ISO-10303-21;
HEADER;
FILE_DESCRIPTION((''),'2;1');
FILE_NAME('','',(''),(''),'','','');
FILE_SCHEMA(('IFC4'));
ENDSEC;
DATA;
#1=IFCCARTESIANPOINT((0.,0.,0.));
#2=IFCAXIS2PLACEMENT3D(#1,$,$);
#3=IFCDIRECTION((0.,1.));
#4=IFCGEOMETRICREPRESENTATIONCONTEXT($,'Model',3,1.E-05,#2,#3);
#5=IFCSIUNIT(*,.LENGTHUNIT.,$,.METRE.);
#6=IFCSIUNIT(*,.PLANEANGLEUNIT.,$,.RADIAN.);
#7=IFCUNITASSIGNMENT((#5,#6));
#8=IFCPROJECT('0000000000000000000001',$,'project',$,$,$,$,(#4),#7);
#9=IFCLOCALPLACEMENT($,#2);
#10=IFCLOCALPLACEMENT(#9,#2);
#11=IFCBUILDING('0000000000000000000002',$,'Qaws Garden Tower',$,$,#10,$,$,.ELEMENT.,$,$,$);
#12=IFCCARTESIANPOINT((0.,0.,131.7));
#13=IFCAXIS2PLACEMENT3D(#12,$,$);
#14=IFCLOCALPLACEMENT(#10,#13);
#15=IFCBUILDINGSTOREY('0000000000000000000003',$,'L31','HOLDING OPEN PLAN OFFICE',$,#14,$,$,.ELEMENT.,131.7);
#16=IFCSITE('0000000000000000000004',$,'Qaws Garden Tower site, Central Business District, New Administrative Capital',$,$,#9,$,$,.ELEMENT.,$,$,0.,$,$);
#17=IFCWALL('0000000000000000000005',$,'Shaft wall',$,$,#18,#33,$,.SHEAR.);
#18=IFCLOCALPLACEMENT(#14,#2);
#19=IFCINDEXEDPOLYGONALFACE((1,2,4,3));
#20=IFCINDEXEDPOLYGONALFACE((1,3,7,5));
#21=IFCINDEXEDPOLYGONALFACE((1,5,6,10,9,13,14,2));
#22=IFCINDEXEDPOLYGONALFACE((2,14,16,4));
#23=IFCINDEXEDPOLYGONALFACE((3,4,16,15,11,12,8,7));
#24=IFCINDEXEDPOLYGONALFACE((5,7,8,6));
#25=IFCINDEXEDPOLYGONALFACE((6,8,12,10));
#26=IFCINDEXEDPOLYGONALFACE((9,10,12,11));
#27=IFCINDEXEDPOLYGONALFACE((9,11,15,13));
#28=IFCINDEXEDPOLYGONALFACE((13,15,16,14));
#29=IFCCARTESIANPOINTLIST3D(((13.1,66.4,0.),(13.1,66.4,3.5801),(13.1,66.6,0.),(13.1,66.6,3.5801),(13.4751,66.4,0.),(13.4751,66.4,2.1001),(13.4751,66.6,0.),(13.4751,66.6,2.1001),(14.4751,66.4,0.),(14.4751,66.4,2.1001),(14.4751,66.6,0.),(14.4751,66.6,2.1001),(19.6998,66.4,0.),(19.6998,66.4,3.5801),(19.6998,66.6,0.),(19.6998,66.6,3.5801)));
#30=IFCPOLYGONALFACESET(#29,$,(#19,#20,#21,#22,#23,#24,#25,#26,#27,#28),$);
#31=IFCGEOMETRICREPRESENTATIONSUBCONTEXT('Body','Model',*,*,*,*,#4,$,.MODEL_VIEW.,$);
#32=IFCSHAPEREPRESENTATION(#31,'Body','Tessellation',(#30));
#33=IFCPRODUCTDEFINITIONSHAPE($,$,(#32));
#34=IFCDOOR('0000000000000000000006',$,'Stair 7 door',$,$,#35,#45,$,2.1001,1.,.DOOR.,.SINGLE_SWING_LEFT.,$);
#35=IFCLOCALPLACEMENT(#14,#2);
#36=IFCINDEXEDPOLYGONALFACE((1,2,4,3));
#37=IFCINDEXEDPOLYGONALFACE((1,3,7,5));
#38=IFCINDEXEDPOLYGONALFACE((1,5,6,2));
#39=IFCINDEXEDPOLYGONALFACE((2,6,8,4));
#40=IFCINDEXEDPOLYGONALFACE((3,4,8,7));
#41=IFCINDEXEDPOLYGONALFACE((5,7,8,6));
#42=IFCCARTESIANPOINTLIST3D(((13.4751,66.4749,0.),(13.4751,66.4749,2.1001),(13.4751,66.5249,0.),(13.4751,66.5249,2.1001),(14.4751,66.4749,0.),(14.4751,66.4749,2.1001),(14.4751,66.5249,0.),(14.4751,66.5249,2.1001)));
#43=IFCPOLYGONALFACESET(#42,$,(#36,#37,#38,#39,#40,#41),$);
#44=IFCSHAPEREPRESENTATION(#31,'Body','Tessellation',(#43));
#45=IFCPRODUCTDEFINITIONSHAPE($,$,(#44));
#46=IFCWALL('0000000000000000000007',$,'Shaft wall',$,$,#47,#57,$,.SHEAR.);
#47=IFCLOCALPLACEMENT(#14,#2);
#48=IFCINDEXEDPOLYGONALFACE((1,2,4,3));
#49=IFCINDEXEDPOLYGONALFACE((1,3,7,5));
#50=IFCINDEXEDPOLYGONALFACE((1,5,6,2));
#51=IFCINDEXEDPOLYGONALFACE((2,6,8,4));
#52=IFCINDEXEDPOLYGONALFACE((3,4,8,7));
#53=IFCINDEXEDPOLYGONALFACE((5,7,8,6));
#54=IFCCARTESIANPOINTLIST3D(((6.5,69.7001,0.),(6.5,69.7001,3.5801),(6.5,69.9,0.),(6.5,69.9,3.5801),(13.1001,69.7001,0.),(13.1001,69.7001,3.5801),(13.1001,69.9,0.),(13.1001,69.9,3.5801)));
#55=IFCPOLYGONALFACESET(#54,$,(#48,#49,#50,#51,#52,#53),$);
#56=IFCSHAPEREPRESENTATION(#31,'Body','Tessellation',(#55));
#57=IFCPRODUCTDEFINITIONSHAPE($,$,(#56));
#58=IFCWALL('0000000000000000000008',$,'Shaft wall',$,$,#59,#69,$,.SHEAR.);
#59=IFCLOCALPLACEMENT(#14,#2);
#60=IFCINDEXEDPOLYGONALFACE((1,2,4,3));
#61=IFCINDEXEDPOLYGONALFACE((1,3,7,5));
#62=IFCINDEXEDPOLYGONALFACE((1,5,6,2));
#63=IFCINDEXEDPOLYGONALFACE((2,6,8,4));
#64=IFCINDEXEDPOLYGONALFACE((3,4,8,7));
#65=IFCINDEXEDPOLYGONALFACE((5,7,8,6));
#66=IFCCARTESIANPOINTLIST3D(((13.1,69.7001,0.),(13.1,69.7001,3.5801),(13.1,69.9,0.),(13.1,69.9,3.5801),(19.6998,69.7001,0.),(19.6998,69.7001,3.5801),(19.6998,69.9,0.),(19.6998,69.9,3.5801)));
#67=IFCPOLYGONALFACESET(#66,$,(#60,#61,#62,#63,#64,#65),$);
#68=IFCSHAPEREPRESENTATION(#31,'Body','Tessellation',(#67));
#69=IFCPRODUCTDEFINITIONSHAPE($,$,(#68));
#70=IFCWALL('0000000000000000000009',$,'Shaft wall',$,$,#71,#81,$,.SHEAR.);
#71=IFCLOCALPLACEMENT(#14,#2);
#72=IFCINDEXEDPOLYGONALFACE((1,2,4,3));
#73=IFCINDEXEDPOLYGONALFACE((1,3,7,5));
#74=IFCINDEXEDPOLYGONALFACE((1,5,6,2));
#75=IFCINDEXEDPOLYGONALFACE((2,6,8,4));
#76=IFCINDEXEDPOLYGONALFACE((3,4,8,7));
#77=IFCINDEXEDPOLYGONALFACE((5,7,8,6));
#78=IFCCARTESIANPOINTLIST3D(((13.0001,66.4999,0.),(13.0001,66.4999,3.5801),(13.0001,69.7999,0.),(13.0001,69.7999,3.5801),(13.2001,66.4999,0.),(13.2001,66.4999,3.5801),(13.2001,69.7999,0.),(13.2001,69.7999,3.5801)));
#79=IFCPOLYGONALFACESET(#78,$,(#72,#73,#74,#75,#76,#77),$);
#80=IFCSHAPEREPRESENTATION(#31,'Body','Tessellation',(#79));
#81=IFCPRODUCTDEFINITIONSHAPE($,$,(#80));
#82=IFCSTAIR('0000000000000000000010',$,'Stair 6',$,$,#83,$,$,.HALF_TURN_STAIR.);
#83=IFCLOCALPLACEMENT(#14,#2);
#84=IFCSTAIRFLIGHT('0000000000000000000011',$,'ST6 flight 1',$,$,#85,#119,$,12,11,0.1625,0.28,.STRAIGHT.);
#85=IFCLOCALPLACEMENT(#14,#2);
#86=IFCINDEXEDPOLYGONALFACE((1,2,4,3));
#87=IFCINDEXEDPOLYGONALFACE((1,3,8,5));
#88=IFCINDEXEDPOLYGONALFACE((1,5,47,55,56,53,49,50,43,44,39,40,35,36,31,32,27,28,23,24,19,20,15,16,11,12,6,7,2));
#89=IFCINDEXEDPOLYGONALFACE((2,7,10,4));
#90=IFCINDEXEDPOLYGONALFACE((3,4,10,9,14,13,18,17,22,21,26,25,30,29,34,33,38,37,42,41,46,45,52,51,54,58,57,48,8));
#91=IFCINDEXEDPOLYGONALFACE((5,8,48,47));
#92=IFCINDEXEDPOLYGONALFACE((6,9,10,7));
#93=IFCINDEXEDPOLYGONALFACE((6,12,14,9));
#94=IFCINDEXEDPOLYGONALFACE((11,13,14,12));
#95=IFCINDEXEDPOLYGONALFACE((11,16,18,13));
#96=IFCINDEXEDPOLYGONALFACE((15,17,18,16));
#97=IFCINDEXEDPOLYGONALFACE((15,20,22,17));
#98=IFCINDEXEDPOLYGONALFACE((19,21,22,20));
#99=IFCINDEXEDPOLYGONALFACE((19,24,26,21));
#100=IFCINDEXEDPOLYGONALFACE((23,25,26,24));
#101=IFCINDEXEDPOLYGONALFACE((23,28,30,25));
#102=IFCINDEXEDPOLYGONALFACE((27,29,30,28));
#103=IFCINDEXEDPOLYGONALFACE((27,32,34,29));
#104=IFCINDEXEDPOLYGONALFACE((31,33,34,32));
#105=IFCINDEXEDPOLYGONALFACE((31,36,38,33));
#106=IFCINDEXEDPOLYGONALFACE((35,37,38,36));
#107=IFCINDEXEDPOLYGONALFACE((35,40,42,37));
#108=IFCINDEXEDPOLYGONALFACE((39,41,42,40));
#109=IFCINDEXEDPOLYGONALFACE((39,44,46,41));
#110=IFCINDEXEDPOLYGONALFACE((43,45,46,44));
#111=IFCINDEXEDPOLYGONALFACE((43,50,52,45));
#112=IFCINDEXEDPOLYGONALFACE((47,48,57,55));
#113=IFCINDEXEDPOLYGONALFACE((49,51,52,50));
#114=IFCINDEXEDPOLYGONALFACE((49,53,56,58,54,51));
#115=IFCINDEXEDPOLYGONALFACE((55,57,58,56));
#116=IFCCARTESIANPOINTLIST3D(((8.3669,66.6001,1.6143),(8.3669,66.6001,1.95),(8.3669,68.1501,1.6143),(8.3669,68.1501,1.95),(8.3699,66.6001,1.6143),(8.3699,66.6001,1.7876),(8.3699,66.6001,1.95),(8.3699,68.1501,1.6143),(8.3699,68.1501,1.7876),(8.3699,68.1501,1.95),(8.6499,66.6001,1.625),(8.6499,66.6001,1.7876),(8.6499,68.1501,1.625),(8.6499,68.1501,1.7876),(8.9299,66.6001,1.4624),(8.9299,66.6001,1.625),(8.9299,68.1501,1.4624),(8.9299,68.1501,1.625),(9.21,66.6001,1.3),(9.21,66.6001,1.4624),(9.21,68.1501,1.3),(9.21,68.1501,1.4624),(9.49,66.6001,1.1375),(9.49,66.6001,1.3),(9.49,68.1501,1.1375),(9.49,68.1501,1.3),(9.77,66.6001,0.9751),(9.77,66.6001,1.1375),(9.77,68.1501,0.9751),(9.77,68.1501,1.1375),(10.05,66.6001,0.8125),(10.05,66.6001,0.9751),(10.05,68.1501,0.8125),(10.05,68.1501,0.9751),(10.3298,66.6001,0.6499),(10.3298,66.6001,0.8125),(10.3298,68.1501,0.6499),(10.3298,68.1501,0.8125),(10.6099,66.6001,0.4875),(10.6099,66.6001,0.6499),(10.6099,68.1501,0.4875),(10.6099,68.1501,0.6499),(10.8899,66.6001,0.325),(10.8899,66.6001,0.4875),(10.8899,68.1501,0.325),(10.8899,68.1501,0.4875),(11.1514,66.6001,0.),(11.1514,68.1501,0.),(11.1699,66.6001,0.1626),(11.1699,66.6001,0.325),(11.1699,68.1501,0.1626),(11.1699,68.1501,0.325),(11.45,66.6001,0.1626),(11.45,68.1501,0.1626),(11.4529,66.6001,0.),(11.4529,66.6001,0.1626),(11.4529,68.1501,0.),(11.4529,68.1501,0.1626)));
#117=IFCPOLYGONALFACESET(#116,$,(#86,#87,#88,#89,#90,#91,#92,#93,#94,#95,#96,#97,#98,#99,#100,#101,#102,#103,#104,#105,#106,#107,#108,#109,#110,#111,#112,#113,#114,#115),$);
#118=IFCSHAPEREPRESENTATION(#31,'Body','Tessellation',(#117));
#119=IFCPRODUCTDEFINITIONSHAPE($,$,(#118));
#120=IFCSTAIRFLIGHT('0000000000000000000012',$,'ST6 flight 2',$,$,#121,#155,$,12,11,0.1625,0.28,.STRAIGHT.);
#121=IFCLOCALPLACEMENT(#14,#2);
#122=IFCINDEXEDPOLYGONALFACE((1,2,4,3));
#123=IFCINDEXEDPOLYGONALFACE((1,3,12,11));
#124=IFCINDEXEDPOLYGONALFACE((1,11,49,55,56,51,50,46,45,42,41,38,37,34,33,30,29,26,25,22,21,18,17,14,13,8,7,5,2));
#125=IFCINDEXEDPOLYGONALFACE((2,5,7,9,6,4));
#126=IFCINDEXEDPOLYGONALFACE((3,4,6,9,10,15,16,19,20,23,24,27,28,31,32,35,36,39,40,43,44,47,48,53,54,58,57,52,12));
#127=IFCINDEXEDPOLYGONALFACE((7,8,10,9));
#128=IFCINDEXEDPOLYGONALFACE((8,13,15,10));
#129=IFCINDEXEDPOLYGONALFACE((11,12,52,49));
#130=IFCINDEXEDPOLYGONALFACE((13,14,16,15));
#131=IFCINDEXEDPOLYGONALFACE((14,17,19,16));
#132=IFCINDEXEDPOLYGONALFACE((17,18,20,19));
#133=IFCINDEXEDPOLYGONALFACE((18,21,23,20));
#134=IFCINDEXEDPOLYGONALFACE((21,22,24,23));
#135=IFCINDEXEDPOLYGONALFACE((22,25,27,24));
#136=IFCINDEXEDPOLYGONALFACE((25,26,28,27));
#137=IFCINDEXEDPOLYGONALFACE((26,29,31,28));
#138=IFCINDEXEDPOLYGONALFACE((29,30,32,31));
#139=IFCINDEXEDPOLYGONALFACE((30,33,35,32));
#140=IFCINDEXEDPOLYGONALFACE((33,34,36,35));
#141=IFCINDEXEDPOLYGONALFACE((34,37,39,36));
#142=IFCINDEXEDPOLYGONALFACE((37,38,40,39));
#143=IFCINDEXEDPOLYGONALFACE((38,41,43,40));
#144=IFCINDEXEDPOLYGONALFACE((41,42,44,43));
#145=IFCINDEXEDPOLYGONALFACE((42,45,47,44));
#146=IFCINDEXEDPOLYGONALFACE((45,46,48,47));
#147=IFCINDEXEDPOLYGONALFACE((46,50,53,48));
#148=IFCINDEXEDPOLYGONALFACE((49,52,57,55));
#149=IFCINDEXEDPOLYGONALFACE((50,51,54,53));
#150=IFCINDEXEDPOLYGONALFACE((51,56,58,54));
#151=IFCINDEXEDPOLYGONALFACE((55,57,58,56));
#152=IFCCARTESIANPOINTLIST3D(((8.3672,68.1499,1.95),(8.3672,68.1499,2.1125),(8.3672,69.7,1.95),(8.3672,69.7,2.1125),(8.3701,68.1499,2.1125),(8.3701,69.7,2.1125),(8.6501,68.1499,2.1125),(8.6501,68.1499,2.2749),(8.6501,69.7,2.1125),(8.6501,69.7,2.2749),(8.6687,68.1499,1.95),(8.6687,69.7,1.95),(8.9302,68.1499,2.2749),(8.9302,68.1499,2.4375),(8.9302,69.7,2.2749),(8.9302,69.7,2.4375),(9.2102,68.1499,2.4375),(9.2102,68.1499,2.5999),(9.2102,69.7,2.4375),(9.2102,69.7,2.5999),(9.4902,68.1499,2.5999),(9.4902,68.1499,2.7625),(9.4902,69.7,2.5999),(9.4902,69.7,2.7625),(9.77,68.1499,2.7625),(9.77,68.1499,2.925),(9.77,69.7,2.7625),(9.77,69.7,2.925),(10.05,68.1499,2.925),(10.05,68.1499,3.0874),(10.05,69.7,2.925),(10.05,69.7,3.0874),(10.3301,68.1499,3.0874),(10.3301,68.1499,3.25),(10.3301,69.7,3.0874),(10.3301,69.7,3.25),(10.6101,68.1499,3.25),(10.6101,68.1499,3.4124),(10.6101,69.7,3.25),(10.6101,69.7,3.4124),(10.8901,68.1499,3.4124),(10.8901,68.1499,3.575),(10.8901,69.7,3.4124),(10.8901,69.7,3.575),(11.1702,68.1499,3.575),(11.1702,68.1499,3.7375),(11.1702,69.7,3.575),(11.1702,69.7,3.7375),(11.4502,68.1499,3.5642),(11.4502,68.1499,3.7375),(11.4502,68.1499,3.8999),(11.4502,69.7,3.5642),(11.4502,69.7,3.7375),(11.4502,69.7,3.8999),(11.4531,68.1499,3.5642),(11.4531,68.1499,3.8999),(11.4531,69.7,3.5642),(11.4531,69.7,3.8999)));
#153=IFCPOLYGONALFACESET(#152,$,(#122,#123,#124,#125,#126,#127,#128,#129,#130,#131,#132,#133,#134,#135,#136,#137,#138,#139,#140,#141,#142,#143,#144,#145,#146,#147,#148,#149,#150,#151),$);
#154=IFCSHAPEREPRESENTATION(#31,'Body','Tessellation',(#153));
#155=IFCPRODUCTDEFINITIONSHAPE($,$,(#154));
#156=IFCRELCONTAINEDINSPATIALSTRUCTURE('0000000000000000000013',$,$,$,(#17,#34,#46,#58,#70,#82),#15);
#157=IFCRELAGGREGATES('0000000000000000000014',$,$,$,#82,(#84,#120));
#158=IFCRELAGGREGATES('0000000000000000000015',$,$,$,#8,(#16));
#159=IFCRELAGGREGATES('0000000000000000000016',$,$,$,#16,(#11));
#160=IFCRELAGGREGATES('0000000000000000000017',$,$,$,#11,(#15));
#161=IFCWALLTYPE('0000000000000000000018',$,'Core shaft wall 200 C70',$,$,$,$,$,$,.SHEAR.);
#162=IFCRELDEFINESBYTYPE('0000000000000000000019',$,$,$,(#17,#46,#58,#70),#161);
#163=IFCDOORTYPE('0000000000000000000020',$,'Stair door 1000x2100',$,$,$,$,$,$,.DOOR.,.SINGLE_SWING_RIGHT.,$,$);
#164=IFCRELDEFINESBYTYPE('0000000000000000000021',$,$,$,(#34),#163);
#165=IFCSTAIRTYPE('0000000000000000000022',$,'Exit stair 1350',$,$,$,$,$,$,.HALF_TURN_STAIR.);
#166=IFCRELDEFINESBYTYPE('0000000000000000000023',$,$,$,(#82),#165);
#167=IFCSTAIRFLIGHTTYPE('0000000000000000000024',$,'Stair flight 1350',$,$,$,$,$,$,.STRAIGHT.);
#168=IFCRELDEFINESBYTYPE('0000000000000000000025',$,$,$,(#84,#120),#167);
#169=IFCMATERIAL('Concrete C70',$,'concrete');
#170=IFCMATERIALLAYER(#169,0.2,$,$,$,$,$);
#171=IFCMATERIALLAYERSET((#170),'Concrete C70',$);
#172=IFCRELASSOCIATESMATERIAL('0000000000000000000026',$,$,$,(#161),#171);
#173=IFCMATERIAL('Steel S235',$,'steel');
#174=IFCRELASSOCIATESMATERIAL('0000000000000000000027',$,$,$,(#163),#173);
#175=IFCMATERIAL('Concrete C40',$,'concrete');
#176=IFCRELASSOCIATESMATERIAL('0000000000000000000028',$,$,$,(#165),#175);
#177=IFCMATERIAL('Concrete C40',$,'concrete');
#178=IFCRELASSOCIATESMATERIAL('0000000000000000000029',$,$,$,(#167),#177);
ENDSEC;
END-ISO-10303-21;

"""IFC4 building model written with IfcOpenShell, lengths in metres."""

from ifc_helpers import new_model, si_unit, direction, frame, frame_2d, origin, place, context, subcontext, project, spatial, polyline, rectangle, outline, extrude, material, layer, layer_set, type_object, element, fill, aggregate, save


model = new_model("IFC4")

# Units and contexts
model_context = context("Model", 3, precision=1e-05, world=origin(), true_north=direction((0.0, 1.0)))
body_context = subcontext(model_context, "Body", "Model", "MODEL_VIEW")
ifc_project = project(units=[si_unit("LENGTHUNIT", "METRE"), si_unit("PLANEANGLEUNIT", "RADIAN")], contexts=[model_context])

# Site, building, storey
site_placement = place(None, origin())
site = spatial("IfcSite", under=ifc_project, at=site_placement, Name="Qaws Garden Tower site, Central Business District, New Administrative Capital", CompositionType="ELEMENT", RefElevation=0.0)
building_placement = place(site_placement, origin())
building = spatial("IfcBuilding", under=site, at=building_placement, Name="Qaws Garden Tower", CompositionType="ELEMENT")
storey_placement = place(building_placement, frame((0.0, 0.0, 131.7)))
storey = spatial("IfcBuildingStorey", under=building, at=storey_placement, Name="L31", Description="HOLDING OPEN PLAN OFFICE", CompositionType="ELEMENT", Elevation=131.7)

# Wall, opening, door
ifc_material_1 = material(Name="Concrete C70", Category="concrete")
ifc_layer_1 = layer(ifc_material_1, 0.2)
ifc_layer_set_1 = layer_set([ifc_layer_1], Name="Concrete C70")
wall_type_1 = type_object("IfcWallType", Name="Core shaft wall 200 C70", PredefinedType="SHEAR", material=ifc_layer_set_1)
wall_1_placement = place(storey_placement, frame((13.1001, 66.5, 0.0), z_axis=(0.0, 0.0, 1.0), x_axis=(1.0, 0.0, 0.0)))
wall_1 = element("IfcWall", 1, at=wall_1_placement, inside=storey, type_object=wall_type_1, Name="Shaft wall", PredefinedType="SHEAR", context=body_context, shape_type="SweptSolid", body=[
    extrude(rectangle(XDim=6.5999, YDim=0.2, at=frame_2d((3.2998, 0.0))), origin(), (0.0, 0.0, 1.0), 3.5801),
])
opening_1_placement = place(wall_1_placement, frame((0.375, 0.0, 0.0)))
opening_1 = element("IfcOpeningElement", 2, at=opening_1_placement, cuts=wall_1, PredefinedType="OPENING", context=body_context, shape_type="SweptSolid", body=[
    extrude(rectangle(XDim=1.0, YDim=2.1001, at=frame_2d((0.5, 1.05))), frame((0.0, 0.1099, 0.0), z_axis=(0.0, -1.0, 0.0), x_axis=(1.0, 0.0, 0.0)), (0.0, 0.0, 1.0), 0.22),
])
ifc_material_2 = material(Name="Steel S235", Category="steel")
door_type = type_object("IfcDoorType", Name="Stair door 1000x2100", OperationType="SINGLE_SWING_RIGHT", PredefinedType="DOOR", material=ifc_material_2)
door_placement = place(opening_1_placement, origin())
door = element("IfcDoor", 3, at=door_placement, inside=storey, type_object=door_type, Name="Stair 7 door", OperationType="SINGLE_SWING_LEFT", OverallHeight=2.1001, OverallWidth=1.0, PredefinedType="DOOR", context=body_context, shape_type="SweptSolid", body=[
    extrude(rectangle(XDim=1.0, YDim=2.1001, at=frame_2d((0.5, 1.05))), frame((0.0, 0.0249, 0.0), z_axis=(0.0, -1.0, 0.0), x_axis=(1.0, 0.0, 0.0)), (0.0, 0.0, 1.0), 0.05),
])
fill(opening_1, door)

# Walls
wall_2_placement = place(storey_placement, frame((6.5, 69.8, 0.0), z_axis=(0.0, 0.0, 1.0), x_axis=(1.0, 0.0, 0.0)))
element("IfcWall", 4, at=wall_2_placement, inside=storey, type_object=wall_type_1, Name="Shaft wall", PredefinedType="SHEAR", context=body_context, shape_type="SweptSolid", body=[
    extrude(rectangle(XDim=6.6001, YDim=0.2, at=frame_2d((3.3, 0.0))), origin(), (0.0, 0.0, 1.0), 3.5801),
])
wall_3_placement = place(storey_placement, frame((13.1001, 69.8, 0.0), z_axis=(0.0, 0.0, 1.0), x_axis=(1.0, 0.0, 0.0)))
element("IfcWall", 5, at=wall_3_placement, inside=storey, type_object=wall_type_1, Name="Shaft wall", PredefinedType="SHEAR", context=body_context, shape_type="SweptSolid", body=[
    extrude(rectangle(XDim=6.5999, YDim=0.2, at=frame_2d((3.2998, 0.0))), origin(), (0.0, 0.0, 1.0), 3.5801),
])
wall_4_placement = place(storey_placement, frame((13.1001, 66.5, 0.0), z_axis=(0.0, 0.0, 1.0), x_axis=(0.0, 1.0, 0.0)))
element("IfcWall", 6, at=wall_4_placement, inside=storey, type_object=wall_type_1, Name="Shaft wall", PredefinedType="SHEAR", context=body_context, shape_type="SweptSolid", body=[
    extrude(rectangle(XDim=3.3, YDim=0.2, at=frame_2d((1.6499, 0.0))), origin(), (0.0, 0.0, 1.0), 3.5801),
])

# Stair, stair flights
ifc_material_3 = material(Name="Concrete C40", Category="concrete")
stair_type = type_object("IfcStairType", Name="Exit stair 1350", PredefinedType="HALF_TURN_STAIR", material=ifc_material_3)
placement = place(storey_placement, origin())
stair_1 = element("IfcStair", 7, at=placement, inside=storey, type_object=stair_type, Name="Stair 6", PredefinedType="HALF_TURN_STAIR")
ifc_material_4 = material(Name="Concrete C40", Category="concrete")
stair_flight_type = type_object("IfcStairFlightType", Name="Stair flight 1350", PredefinedType="STRAIGHT", material=ifc_material_4)
stair_flight_1_placement = place(storey_placement, frame((11.45, 67.375, 0.0), z_axis=(0.0, 0.0, 1.0), x_axis=(-1.0, 0.0, 0.0)))
stair_flight_1 = element("IfcStairFlight", 8, at=stair_flight_1_placement, type_object=stair_flight_type, Name="ST6 flight 1", NumberOfRisers=12, NumberOfTreads=11, PredefinedType="STRAIGHT", RiserHeight=0.1625, TreadLength=0.28, context=body_context, shape_type="SweptSolid", body=[
    extrude(outline(polyline([(-0.0029, 0.0), (-0.0029, 0.1626), (0.0, 0.1626), (0.28, 0.1626), (0.28, 0.325), (0.5601, 0.325), (0.5601, 0.4875), (0.8401, 0.4875), (0.8401, 0.6499), (1.1201, 0.6499), (1.1201, 0.8125), (1.3999, 0.8125), (1.3999, 0.9751), (1.6799, 0.9751), (1.6799, 1.1375), (1.96, 1.1375), (1.96, 1.3), (2.24, 1.3), (2.24, 1.4624), (2.52, 1.4624), (2.52, 1.625), (2.8, 1.625), (2.8, 1.7876), (3.0801, 1.7876), (3.0801, 1.95), (3.083, 1.95), (3.083, 1.6143), (3.0801, 1.6143), (0.2986, 0.0), (-0.0029, 0.0)])), frame((0.0, 0.7749, 0.0), z_axis=(0.0, -1.0, 0.0), x_axis=(1.0, 0.0, 0.0)), (0.0, 0.0, 1.0), 1.55),
])
stair_flight_2_placement = place(storey_placement, frame((8.3701, 68.925, 1.95), z_axis=(0.0, 0.0, 1.0), x_axis=(1.0, 0.0, 0.0)))
stair_flight_2 = element("IfcStairFlight", 9, at=stair_flight_2_placement, type_object=stair_flight_type, Name="ST6 flight 2", NumberOfRisers=12, NumberOfTreads=11, PredefinedType="STRAIGHT", RiserHeight=0.1625, TreadLength=0.28, context=body_context, shape_type="SweptSolid", body=[
    extrude(outline(polyline([(-0.0029, 0.0), (-0.0029, 0.1626), (0.0, 0.1626), (0.28, 0.1626), (0.28, 0.325), (0.5601, 0.325), (0.5601, 0.4875), (0.8401, 0.4875), (0.8401, 0.6499), (1.1201, 0.6499), (1.1201, 0.8125), (1.3999, 0.8125), (1.3999, 0.9751), (1.6799, 0.9751), (1.6799, 1.1375), (1.96, 1.1375), (1.96, 1.3), (2.24, 1.3), (2.24, 1.4624), (2.52, 1.4624), (2.52, 1.625), (2.8, 1.625), (2.8, 1.7876), (3.0801, 1.7876), (3.0801, 1.95), (3.083, 1.95), (3.083, 1.6143), (3.0801, 1.6143), (0.2986, 0.0), (-0.0029, 0.0)])), frame((0.0, 0.7749, 0.0), z_axis=(0.0, -1.0, 0.0), x_axis=(1.0, 0.0, 0.0)), (0.0, 0.0, 1.0), 1.55),
])
aggregate(stair_1, [stair_flight_1, stair_flight_2])

save(model, "model.ifc")
